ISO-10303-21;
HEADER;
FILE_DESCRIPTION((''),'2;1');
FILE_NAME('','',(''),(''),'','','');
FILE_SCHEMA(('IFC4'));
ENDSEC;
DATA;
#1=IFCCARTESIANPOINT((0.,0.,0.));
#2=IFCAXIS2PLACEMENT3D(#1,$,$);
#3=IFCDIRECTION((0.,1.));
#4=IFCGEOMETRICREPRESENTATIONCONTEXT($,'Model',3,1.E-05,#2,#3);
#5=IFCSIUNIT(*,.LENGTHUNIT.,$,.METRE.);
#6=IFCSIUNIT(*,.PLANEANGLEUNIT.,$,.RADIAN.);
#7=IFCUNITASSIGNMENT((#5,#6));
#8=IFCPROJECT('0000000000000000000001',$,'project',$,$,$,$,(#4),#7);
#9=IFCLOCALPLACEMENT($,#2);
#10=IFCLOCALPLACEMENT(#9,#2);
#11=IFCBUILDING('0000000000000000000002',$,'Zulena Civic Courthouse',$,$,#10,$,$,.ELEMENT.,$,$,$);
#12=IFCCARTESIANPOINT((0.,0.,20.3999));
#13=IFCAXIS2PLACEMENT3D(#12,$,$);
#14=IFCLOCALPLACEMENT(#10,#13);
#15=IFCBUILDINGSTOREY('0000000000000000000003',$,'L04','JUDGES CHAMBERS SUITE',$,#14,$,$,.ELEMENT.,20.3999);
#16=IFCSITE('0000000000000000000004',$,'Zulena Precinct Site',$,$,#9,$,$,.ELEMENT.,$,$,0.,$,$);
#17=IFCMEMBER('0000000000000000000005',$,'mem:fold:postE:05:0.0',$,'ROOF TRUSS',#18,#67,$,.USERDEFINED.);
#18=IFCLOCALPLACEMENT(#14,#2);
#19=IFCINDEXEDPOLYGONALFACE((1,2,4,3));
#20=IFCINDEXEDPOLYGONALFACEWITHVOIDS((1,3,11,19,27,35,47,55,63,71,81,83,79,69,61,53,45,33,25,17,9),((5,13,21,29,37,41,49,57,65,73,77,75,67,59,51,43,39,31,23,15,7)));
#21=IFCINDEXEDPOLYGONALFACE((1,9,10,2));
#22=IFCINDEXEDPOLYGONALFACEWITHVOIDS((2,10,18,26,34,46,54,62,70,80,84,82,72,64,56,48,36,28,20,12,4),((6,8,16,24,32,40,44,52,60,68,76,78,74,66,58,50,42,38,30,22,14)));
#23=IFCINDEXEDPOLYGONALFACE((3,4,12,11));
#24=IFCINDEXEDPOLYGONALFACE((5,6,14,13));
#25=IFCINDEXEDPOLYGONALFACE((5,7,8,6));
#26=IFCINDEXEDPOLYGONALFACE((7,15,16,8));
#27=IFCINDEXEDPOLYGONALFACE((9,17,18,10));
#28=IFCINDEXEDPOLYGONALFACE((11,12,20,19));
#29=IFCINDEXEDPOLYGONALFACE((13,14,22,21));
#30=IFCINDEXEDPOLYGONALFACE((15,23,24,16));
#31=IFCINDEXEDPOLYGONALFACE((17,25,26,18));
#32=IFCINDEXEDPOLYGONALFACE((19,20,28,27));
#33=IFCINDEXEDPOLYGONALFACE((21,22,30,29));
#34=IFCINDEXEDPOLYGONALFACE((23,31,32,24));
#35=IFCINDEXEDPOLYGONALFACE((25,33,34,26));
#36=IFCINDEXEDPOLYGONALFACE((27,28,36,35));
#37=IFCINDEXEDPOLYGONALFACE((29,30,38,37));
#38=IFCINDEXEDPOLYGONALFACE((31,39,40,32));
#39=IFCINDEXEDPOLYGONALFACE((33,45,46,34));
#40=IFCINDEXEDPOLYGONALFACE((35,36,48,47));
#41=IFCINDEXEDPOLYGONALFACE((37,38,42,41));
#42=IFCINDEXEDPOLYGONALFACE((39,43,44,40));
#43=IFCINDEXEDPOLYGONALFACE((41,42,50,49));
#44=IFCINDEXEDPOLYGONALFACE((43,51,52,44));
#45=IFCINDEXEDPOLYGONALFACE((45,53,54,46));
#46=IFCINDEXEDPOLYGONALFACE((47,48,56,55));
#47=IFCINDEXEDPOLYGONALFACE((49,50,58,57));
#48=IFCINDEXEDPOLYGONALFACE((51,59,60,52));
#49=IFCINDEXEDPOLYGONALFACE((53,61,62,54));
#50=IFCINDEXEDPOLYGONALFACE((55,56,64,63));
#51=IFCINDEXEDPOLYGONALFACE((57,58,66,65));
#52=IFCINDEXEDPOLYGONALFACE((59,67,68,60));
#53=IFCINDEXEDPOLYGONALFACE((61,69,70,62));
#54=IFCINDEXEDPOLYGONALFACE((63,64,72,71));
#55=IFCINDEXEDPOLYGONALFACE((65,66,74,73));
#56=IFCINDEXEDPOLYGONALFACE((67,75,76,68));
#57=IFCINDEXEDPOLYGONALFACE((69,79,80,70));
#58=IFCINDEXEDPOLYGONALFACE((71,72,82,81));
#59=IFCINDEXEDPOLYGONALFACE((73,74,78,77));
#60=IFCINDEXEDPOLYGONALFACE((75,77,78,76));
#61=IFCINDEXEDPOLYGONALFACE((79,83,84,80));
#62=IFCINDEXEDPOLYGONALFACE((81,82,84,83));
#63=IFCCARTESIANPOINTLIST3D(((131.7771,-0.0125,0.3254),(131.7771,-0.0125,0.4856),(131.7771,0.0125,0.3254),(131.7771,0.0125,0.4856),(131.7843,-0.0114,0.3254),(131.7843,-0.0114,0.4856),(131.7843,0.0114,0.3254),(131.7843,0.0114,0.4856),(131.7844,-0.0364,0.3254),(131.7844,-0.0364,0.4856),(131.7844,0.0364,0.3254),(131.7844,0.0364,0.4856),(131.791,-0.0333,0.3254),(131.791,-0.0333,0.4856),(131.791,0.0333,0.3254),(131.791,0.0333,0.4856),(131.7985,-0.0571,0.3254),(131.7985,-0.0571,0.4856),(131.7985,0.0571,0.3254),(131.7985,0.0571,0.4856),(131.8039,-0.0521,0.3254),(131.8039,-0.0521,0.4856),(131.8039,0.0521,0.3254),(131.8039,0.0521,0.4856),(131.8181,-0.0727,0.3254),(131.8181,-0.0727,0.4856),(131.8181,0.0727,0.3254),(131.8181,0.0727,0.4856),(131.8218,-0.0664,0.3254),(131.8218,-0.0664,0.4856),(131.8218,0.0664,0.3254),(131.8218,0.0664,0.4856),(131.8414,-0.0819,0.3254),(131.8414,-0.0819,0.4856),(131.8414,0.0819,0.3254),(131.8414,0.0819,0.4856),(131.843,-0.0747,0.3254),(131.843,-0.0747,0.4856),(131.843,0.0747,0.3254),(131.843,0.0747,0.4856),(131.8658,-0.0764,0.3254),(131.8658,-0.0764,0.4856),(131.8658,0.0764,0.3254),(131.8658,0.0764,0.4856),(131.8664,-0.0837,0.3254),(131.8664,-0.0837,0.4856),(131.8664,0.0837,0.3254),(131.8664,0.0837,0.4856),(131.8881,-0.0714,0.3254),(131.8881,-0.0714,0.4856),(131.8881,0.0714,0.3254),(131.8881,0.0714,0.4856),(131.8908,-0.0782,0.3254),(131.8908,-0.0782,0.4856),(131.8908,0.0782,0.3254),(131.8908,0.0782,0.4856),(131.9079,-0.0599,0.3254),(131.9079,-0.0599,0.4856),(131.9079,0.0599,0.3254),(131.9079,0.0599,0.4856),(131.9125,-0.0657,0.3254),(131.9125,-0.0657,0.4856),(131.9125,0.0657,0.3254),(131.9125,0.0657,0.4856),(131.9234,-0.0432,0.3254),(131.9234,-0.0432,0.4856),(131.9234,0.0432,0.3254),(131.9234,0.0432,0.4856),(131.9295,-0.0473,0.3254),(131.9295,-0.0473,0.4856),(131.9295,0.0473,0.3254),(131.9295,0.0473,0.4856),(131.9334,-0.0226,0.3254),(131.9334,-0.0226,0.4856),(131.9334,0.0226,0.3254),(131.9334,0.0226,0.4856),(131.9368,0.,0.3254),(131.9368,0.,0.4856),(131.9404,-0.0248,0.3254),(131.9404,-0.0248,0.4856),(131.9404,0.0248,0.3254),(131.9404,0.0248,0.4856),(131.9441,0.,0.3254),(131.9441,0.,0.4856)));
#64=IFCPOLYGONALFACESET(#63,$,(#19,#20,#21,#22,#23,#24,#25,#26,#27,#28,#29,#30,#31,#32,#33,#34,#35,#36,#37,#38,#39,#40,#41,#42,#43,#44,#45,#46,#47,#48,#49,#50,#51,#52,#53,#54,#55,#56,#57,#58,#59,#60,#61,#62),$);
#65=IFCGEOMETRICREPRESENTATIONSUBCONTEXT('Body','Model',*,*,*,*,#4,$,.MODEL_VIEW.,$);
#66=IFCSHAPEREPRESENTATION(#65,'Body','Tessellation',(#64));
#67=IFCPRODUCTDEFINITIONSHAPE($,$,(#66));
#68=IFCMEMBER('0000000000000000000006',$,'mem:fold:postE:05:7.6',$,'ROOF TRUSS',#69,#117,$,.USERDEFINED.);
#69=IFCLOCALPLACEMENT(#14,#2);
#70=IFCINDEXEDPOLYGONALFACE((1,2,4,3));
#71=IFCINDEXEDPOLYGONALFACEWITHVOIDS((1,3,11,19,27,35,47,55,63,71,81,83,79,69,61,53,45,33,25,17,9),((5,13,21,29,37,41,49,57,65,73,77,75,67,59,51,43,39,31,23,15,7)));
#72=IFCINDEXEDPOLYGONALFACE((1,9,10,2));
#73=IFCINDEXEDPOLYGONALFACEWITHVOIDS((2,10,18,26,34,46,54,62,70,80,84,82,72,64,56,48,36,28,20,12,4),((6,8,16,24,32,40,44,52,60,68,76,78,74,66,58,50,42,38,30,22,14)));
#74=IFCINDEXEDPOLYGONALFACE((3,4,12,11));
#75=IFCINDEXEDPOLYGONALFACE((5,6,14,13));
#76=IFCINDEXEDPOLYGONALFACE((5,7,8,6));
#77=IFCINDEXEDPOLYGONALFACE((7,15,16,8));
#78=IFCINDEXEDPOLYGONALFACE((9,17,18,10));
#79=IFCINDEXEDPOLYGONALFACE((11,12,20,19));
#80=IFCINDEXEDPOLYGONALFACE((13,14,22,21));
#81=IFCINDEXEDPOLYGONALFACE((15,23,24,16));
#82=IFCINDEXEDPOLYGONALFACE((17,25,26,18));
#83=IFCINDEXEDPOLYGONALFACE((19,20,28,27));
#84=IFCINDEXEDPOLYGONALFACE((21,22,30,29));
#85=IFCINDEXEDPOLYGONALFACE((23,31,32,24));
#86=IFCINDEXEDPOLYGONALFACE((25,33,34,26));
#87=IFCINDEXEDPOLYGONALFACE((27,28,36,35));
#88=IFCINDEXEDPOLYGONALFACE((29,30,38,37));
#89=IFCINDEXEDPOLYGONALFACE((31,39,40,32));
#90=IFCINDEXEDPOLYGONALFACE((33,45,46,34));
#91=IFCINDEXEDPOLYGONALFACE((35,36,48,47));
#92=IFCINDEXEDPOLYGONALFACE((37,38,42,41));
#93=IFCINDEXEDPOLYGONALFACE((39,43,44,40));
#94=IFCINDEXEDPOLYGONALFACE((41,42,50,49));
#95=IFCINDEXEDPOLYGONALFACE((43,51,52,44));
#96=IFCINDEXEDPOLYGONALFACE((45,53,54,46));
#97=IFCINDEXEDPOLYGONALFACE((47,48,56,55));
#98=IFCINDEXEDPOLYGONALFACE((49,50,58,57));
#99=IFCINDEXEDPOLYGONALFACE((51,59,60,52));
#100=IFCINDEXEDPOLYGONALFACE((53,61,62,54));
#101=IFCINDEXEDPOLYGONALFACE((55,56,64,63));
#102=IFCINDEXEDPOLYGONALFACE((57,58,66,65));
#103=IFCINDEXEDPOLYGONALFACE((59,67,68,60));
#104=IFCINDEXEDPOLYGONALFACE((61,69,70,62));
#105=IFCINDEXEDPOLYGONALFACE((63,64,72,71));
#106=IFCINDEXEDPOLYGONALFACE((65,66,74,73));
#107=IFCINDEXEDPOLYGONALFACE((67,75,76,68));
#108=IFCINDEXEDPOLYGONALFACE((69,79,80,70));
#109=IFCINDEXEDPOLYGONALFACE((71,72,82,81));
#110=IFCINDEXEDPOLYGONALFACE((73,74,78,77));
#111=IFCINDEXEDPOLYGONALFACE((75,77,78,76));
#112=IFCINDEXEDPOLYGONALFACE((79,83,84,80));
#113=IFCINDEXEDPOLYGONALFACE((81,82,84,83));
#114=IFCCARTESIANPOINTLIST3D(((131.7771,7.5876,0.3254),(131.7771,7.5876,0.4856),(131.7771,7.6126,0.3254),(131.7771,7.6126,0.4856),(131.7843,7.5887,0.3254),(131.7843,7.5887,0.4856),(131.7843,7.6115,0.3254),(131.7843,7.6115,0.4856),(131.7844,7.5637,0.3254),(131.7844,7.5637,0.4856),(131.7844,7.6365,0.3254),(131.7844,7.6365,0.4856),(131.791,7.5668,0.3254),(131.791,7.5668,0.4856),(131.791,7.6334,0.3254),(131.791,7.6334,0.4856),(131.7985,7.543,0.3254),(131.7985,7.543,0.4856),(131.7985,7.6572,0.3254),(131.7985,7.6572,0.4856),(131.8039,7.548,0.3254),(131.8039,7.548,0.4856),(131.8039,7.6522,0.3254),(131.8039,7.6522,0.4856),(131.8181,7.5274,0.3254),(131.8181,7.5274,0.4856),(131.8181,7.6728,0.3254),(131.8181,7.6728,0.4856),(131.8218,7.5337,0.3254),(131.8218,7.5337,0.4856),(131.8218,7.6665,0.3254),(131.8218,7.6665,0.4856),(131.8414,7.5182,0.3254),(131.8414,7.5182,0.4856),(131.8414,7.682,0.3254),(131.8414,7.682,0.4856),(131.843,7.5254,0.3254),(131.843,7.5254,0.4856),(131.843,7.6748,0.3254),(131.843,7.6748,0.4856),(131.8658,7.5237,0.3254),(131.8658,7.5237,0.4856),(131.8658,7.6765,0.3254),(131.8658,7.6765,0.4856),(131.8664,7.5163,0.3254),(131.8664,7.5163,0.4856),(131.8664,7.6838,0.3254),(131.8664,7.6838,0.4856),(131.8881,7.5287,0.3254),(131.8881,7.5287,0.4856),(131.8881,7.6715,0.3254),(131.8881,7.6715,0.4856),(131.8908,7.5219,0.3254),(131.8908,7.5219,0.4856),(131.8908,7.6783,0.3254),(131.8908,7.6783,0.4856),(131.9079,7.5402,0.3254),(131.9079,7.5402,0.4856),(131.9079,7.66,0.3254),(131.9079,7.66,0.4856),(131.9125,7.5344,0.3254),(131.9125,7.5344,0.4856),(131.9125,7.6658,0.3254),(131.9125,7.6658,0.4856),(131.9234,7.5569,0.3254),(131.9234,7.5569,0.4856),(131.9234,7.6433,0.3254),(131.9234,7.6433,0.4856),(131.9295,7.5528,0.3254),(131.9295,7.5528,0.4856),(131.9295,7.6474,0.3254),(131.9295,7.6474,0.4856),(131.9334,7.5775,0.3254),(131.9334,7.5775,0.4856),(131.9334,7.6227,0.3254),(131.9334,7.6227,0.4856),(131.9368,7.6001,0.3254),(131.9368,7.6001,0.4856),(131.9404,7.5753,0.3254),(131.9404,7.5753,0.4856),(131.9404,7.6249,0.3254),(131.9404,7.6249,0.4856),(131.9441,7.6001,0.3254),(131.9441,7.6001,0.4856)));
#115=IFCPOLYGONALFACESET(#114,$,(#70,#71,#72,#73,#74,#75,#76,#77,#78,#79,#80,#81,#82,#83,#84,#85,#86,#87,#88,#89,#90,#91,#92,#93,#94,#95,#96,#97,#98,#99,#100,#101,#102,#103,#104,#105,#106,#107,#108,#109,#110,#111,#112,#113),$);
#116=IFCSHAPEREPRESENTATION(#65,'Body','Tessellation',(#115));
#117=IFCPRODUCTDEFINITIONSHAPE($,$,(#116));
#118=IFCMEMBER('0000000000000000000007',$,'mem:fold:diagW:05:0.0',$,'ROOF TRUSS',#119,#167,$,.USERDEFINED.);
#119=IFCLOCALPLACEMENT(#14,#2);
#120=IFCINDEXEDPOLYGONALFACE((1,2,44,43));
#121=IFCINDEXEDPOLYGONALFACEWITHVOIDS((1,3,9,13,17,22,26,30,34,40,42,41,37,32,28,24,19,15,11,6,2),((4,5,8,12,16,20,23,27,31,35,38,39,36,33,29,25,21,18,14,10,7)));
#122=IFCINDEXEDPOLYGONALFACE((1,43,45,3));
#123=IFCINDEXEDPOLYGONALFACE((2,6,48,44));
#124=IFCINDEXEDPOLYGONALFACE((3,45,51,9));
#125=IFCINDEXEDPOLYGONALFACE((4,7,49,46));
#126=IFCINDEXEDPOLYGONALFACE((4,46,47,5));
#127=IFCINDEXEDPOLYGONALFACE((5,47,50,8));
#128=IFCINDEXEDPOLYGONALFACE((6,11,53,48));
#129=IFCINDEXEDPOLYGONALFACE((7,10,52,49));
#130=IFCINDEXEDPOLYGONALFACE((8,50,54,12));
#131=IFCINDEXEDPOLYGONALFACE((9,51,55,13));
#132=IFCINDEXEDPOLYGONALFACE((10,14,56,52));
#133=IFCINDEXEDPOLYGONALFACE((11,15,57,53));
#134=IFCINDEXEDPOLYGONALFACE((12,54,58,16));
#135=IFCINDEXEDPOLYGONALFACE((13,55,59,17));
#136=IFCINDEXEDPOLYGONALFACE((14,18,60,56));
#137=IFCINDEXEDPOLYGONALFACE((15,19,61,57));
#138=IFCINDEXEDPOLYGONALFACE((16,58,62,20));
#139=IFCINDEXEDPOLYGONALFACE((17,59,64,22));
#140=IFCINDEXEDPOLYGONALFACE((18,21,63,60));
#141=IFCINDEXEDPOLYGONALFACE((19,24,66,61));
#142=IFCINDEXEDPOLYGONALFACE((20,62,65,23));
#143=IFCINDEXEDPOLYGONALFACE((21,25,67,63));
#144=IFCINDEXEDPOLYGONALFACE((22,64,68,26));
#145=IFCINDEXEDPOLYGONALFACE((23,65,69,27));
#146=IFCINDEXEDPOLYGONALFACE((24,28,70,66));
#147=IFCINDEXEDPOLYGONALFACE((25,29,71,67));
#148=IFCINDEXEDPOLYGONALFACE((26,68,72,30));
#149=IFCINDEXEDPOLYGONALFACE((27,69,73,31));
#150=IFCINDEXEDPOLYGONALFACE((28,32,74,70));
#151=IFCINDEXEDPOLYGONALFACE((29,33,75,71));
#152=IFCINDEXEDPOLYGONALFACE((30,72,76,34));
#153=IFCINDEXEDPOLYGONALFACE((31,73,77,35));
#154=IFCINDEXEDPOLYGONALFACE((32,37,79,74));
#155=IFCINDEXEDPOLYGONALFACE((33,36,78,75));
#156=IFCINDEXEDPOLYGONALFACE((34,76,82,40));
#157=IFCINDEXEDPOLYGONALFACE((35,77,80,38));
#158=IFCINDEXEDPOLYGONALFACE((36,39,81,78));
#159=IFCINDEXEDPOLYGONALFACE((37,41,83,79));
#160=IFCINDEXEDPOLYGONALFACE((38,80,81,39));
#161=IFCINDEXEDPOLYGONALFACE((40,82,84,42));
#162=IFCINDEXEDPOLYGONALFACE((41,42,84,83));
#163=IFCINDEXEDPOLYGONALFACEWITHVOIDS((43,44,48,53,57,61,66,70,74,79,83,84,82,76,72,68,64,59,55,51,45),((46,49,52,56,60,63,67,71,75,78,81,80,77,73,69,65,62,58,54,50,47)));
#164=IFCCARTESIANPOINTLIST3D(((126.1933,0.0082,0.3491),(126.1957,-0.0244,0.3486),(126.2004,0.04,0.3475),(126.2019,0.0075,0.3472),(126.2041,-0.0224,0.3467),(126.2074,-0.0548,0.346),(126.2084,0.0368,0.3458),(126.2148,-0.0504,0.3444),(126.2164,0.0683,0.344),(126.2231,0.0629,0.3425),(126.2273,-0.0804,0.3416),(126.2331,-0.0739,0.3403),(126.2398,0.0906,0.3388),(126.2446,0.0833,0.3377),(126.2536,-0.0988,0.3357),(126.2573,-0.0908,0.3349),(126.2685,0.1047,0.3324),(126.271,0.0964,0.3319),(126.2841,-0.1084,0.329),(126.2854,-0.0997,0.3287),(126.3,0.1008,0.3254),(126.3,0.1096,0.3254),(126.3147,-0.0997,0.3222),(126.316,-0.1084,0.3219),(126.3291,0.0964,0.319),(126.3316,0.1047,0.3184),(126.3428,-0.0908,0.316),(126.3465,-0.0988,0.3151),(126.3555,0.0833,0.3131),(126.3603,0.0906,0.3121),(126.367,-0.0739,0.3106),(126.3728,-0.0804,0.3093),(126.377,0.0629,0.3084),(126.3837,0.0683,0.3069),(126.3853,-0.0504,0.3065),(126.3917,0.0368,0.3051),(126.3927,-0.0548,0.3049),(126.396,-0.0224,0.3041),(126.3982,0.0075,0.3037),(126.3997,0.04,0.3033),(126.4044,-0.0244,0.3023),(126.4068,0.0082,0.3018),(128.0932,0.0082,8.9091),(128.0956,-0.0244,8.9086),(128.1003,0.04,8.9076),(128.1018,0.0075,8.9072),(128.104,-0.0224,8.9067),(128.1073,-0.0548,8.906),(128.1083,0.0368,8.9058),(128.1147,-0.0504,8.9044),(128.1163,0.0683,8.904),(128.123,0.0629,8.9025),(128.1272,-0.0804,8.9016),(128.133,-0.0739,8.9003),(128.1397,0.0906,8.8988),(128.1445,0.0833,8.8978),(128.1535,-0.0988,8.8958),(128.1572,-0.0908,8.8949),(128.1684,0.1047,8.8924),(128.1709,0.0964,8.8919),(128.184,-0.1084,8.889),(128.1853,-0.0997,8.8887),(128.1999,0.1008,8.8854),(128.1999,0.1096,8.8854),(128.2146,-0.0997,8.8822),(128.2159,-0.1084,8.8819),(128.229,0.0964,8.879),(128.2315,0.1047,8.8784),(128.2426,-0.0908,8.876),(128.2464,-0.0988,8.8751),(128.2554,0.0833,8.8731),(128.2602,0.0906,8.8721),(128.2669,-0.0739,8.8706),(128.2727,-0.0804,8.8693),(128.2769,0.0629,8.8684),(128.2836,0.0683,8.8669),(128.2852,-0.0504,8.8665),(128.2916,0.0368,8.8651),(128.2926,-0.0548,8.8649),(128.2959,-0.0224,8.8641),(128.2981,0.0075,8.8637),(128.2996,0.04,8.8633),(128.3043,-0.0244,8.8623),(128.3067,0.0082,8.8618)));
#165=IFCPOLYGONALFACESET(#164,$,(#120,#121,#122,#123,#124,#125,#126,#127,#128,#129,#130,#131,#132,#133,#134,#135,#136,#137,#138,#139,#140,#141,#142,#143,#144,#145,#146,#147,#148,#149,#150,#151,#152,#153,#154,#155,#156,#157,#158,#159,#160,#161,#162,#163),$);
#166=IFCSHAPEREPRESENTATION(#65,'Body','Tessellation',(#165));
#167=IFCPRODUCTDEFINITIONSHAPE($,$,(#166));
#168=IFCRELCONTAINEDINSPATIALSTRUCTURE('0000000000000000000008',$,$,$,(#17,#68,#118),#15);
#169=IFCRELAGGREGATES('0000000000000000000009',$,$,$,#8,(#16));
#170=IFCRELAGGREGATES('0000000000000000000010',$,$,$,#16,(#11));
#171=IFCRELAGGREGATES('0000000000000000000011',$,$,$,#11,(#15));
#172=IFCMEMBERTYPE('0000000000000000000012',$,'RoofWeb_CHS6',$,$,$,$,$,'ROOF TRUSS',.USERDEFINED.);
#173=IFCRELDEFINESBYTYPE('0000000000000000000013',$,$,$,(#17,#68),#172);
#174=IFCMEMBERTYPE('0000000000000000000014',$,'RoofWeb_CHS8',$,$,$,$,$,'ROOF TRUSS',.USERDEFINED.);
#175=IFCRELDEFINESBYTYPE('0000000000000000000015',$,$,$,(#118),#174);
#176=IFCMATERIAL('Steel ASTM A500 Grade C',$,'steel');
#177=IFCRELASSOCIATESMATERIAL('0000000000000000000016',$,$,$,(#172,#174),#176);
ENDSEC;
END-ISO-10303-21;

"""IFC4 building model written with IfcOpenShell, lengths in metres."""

from ifc_helpers import new_model, si_unit, direction, frame, origin, origin_2d, place, context, subcontext, project, spatial, hollow_circle, extrude, material, material_profile, profile_set, type_object, element, save


model = new_model("IFC4")

# Units and contexts
model_context = context("Model", 3, precision=1e-05, world=origin(), true_north=direction((0.0, 1.0)))
body_context = subcontext(model_context, "Body", "Model", "MODEL_VIEW")
ifc_project = project(units=[si_unit("LENGTHUNIT", "METRE"), si_unit("PLANEANGLEUNIT", "RADIAN")], contexts=[model_context])

# Site, building, storey
site_placement = place(None, origin())
site = spatial("IfcSite", under=ifc_project, at=site_placement, Name="Zulena Precinct Site", CompositionType="ELEMENT", RefElevation=0.0)
building_placement = place(site_placement, origin())
building = spatial("IfcBuilding", under=site, at=building_placement, Name="Zulena Civic Courthouse", CompositionType="ELEMENT")
storey_placement = place(building_placement, frame((0.0, 0.0, 20.3999)))
storey = spatial("IfcBuildingStorey", under=building, at=storey_placement, Name="L04", Description="JUDGES CHAMBERS SUITE", CompositionType="ELEMENT", Elevation=20.3999)

# Members
ifc_material_1 = material(Name="Steel ASTM A500 Grade C", Category="steel")
ifc_material_profile_1 = material_profile(ifc_material_1, hollow_circle(Radius=0.084, WallThickness=0.0073, at=origin_2d()), Name="HSS6.625X0.312")
ifc_profile_set_1 = profile_set([ifc_material_profile_1], Name="Steel ASTM A500 Grade C")
member_type_1 = type_object("IfcMemberType", Name="RoofWeb_CHS6", ElementType="ROOF TRUSS", PredefinedType="USERDEFINED", material=ifc_profile_set_1)
for number, where, z_axis, x_axis, name in (
    (1, (131.8601, 0.0, 0.3254), (0.0, 0.0, 1.0), (1.0, 0.0, 0.0), "mem:fold:postE:05:0.0"),
    (2, (131.8601, 7.6001, 0.3254), (0.0, 0.0, 1.0), (1.0, 0.0, 0.0), "mem:fold:postE:05:7.6"),
):
    element("IfcMember", number, at=place(storey_placement, frame(where, z_axis=z_axis, x_axis=x_axis)), inside=storey, type_object=member_type_1, Name=name, ObjectType="ROOF TRUSS", PredefinedType="USERDEFINED", context=body_context, shape_type="SweptSolid", body=[
        extrude(hollow_circle(Radius=0.084, WallThickness=0.0073, at=origin_2d()), origin(), (0.0, 0.0, 1.0), 0.1602),
    ])
ifc_material_profile_2 = material_profile(ifc_material_1, hollow_circle(Radius=0.1096, WallThickness=0.0088, at=origin_2d()), Name="HSS8.625X0.375")
ifc_profile_set_2 = profile_set([ifc_material_profile_2], Name="Steel ASTM A500 Grade C")
member_type_2 = type_object("IfcMemberType", Name="RoofWeb_CHS8", ElementType="ROOF TRUSS", PredefinedType="USERDEFINED", material=ifc_profile_set_2)
for number, where, z_axis, x_axis, name in (
    (3, (126.3, 0.0, 0.3254), (0.216677, 0.0, 0.976243), (0.0, 1.0, 0.0), "mem:fold:diagW:05:0.0"),
):
    element("IfcMember", number, at=place(storey_placement, frame(where, z_axis=z_axis, x_axis=x_axis)), inside=storey, type_object=member_type_2, Name=name, ObjectType="ROOF TRUSS", PredefinedType="USERDEFINED", context=body_context, shape_type="SweptSolid", body=[
        extrude(hollow_circle(Radius=0.1096, WallThickness=0.0088, at=origin_2d()), origin(), (0.0, 0.0, 1.0), 8.7683),
    ])

save(model, "model.ifc")
